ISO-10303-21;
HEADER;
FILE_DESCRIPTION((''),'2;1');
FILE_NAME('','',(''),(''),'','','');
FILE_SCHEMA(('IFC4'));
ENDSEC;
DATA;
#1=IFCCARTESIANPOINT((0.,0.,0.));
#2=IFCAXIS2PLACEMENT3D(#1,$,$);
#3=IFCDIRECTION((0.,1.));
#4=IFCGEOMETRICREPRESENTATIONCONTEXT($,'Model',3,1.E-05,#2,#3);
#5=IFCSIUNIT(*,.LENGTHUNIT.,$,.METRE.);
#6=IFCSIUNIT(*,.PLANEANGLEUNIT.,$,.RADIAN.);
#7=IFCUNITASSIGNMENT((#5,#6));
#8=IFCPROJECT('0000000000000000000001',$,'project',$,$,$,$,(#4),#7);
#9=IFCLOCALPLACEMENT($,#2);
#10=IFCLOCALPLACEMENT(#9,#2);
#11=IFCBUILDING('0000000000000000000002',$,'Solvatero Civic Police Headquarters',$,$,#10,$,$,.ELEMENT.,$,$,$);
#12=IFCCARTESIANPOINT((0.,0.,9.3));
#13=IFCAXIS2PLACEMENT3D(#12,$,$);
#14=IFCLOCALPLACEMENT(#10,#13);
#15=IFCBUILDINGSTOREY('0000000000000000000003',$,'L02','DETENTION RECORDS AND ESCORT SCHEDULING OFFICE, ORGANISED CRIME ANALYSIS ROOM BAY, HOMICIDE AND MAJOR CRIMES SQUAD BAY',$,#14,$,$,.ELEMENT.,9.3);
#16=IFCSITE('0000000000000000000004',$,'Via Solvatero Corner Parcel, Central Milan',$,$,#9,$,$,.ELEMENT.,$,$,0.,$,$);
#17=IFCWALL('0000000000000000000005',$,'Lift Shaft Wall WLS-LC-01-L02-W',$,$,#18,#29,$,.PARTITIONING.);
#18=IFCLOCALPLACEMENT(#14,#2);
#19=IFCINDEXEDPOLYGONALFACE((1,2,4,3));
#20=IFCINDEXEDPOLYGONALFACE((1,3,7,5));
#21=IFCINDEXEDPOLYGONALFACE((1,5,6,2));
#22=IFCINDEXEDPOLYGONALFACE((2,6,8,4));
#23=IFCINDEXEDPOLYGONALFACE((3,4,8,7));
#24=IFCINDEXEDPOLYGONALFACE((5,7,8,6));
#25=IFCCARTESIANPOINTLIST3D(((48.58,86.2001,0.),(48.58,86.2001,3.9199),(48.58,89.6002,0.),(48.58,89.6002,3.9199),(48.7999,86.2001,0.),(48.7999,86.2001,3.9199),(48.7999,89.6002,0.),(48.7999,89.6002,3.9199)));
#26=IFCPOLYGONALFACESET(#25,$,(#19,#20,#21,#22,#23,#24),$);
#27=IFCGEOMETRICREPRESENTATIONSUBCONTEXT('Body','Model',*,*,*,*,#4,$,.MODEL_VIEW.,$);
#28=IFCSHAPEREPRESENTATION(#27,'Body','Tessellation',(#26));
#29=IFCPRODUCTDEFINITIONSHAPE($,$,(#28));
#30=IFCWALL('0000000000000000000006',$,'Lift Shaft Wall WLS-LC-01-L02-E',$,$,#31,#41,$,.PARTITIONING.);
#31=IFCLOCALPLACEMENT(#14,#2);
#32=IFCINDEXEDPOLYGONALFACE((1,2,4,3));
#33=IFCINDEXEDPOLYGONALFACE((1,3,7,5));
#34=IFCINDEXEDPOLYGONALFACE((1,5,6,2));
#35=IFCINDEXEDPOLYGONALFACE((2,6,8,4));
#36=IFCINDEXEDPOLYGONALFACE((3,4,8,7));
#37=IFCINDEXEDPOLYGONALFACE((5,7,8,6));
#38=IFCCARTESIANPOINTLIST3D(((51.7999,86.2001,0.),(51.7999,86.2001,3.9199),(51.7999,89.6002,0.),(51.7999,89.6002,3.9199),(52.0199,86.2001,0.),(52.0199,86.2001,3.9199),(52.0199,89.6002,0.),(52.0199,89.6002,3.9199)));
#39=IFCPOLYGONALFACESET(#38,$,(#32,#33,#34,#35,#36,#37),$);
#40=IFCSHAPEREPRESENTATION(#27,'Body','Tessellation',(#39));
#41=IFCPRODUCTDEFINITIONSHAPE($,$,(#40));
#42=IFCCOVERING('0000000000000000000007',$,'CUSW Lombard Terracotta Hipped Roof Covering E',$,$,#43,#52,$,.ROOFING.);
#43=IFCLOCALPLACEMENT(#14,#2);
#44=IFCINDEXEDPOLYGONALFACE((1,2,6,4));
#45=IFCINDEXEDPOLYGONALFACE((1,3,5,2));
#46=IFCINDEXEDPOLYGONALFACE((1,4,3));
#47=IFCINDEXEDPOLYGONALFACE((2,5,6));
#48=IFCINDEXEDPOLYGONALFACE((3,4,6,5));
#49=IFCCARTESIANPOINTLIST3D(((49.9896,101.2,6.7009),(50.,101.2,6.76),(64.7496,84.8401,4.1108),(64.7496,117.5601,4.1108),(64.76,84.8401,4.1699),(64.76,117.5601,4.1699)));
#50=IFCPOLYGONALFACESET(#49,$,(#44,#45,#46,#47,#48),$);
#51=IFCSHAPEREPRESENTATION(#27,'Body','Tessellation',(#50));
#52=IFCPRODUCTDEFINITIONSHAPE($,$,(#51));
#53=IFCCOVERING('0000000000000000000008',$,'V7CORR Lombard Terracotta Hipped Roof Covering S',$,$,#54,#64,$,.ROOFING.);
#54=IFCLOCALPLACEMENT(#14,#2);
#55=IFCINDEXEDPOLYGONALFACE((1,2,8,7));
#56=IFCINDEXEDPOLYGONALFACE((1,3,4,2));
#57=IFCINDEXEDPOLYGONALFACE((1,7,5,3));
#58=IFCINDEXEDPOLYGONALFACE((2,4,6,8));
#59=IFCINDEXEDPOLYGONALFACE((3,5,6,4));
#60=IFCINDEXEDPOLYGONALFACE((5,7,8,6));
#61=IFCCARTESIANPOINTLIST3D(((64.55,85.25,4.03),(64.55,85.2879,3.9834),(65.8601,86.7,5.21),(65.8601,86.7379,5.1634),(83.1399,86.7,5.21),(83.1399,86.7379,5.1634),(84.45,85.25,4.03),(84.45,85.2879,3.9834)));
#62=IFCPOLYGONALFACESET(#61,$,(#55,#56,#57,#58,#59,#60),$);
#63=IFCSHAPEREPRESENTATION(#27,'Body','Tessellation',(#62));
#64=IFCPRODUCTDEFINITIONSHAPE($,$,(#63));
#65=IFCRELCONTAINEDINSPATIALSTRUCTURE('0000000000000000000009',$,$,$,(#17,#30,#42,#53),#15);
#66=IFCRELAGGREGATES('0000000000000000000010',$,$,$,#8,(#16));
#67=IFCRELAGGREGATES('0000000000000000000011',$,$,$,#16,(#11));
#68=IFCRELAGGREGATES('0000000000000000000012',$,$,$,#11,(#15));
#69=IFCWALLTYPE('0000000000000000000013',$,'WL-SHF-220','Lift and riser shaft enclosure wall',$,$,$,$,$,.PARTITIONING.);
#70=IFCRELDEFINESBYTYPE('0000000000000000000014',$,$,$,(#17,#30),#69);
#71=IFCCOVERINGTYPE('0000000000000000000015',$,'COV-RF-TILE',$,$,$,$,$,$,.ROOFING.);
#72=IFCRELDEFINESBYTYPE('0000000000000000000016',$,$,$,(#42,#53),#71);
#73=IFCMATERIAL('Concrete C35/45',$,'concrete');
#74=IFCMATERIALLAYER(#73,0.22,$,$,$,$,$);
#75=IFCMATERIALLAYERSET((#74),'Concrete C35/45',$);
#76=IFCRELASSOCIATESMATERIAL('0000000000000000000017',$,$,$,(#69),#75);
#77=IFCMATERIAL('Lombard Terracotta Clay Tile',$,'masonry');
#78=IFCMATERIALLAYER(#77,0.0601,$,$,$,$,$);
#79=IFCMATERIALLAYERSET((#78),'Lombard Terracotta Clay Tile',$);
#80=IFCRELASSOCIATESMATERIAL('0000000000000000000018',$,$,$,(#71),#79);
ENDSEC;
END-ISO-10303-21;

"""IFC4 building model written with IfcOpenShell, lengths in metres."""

from ifc_helpers import new_model, si_unit, direction, frame, frame_2d, origin, place, context, subcontext, project, spatial, polyline, rectangle, outline, extrude, material, layer, layer_set, type_object, element, save


model = new_model("IFC4")

# Units and contexts
model_context = context("Model", 3, precision=1e-05, world=origin(), true_north=direction((0.0, 1.0)))
body_context = subcontext(model_context, "Body", "Model", "MODEL_VIEW")
ifc_project = project(units=[si_unit("LENGTHUNIT", "METRE"), si_unit("PLANEANGLEUNIT", "RADIAN")], contexts=[model_context])

# Site, building, storey
site_placement = place(None, origin())
site = spatial("IfcSite", under=ifc_project, at=site_placement, Name="Via Solvatero Corner Parcel, Central Milan", CompositionType="ELEMENT", RefElevation=0.0)
building_placement = place(site_placement, origin())
building = spatial("IfcBuilding", under=site, at=building_placement, Name="Solvatero Civic Police Headquarters", CompositionType="ELEMENT")
storey_placement = place(building_placement, frame((0.0, 0.0, 9.3)))
storey = spatial("IfcBuildingStorey", under=building, at=storey_placement, Name="L02", Description="DETENTION RECORDS AND ESCORT SCHEDULING OFFICE, ORGANISED CRIME ANALYSIS ROOM BAY, HOMICIDE AND MAJOR CRIMES SQUAD BAY", CompositionType="ELEMENT", Elevation=9.3)

# Shared definitions
ifc_material_1 = material(Name="Concrete C35/45", Category="concrete")

# Walls
ifc_layer_1 = layer(ifc_material_1, 0.22)
ifc_layer_set_1 = layer_set([ifc_layer_1], Name="Concrete C35/45")
wall_type_1 = type_object("IfcWallType", Name="WL-SHF-220", Description="Lift and riser shaft enclosure wall", PredefinedType="PARTITIONING", material=ifc_layer_set_1)
for number, where, z_axis, x_axis, name in (
    (1, (48.6899, 86.2, 0.0), (0.0, 0.0, 1.0), (0.0, 1.0, 0.0), "Lift Shaft Wall WLS-LC-01-L02-W"),
    (2, (51.9099, 86.2, 0.0), (0.0, 0.0, 1.0), (0.0, 1.0, 0.0), "Lift Shaft Wall WLS-LC-01-L02-E"),
):
    element("IfcWall", number, at=place(storey_placement, frame(where, z_axis=z_axis, x_axis=x_axis)), inside=storey, type_object=wall_type_1, Name=name, PredefinedType="PARTITIONING", context=body_context, shape_type="SweptSolid", body=[
        extrude(rectangle(XDim=3.4001, YDim=0.22, at=frame_2d((1.7002, 0.0))), origin(), (0.0, 0.0, 1.0), 3.9199),
    ])

# Coverings
ifc_material_2 = material(Name="Lombard Terracotta Clay Tile", Category="masonry")
ifc_layer_2 = layer(ifc_material_2, 0.0601)
ifc_layer_set_2 = layer_set([ifc_layer_2], Name="Lombard Terracotta Clay Tile")
covering_type = type_object("IfcCoveringType", Name="COV-RF-TILE", PredefinedType="ROOFING", material=ifc_layer_set_2)
covering_1_placement = place(storey_placement, frame((64.76, 84.8401, 4.1699), z_axis=(0.172839, 0.0, 0.98495), x_axis=(0.0, 1.0, 0.0)))
element("IfcCovering", 3, at=covering_1_placement, inside=storey, type_object=covering_type, Name="CUSW Lombard Terracotta Hipped Roof Covering E", PredefinedType="ROOFING", context=body_context, shape_type="SweptSolid", body=[
    extrude(outline(polyline([(0.0, 0.0), (32.72, 0.0), (16.3599, 14.9855), (0.0, 0.0)])), origin(), (0.0, 0.0, -1.0), 0.0601),
])
covering_2_placement = place(storey_placement, frame((64.55, 85.25, 4.03), z_axis=(0.0, -0.631187, 0.77563), x_axis=(1.0, 0.0, 0.0)))
element("IfcCovering", 4, at=covering_2_placement, inside=storey, type_object=covering_type, Name="V7CORR Lombard Terracotta Hipped Roof Covering S", PredefinedType="ROOFING", context=body_context, shape_type="SweptSolid", body=[
    extrude(outline(polyline([(0.0, 0.0), (19.8999, 0.0), (18.5898, 1.8694), (1.3101, 1.8694), (0.0, 0.0)])), origin(), (0.0, 0.0, -1.0), 0.0601),
])

save(model, "model.ifc")
